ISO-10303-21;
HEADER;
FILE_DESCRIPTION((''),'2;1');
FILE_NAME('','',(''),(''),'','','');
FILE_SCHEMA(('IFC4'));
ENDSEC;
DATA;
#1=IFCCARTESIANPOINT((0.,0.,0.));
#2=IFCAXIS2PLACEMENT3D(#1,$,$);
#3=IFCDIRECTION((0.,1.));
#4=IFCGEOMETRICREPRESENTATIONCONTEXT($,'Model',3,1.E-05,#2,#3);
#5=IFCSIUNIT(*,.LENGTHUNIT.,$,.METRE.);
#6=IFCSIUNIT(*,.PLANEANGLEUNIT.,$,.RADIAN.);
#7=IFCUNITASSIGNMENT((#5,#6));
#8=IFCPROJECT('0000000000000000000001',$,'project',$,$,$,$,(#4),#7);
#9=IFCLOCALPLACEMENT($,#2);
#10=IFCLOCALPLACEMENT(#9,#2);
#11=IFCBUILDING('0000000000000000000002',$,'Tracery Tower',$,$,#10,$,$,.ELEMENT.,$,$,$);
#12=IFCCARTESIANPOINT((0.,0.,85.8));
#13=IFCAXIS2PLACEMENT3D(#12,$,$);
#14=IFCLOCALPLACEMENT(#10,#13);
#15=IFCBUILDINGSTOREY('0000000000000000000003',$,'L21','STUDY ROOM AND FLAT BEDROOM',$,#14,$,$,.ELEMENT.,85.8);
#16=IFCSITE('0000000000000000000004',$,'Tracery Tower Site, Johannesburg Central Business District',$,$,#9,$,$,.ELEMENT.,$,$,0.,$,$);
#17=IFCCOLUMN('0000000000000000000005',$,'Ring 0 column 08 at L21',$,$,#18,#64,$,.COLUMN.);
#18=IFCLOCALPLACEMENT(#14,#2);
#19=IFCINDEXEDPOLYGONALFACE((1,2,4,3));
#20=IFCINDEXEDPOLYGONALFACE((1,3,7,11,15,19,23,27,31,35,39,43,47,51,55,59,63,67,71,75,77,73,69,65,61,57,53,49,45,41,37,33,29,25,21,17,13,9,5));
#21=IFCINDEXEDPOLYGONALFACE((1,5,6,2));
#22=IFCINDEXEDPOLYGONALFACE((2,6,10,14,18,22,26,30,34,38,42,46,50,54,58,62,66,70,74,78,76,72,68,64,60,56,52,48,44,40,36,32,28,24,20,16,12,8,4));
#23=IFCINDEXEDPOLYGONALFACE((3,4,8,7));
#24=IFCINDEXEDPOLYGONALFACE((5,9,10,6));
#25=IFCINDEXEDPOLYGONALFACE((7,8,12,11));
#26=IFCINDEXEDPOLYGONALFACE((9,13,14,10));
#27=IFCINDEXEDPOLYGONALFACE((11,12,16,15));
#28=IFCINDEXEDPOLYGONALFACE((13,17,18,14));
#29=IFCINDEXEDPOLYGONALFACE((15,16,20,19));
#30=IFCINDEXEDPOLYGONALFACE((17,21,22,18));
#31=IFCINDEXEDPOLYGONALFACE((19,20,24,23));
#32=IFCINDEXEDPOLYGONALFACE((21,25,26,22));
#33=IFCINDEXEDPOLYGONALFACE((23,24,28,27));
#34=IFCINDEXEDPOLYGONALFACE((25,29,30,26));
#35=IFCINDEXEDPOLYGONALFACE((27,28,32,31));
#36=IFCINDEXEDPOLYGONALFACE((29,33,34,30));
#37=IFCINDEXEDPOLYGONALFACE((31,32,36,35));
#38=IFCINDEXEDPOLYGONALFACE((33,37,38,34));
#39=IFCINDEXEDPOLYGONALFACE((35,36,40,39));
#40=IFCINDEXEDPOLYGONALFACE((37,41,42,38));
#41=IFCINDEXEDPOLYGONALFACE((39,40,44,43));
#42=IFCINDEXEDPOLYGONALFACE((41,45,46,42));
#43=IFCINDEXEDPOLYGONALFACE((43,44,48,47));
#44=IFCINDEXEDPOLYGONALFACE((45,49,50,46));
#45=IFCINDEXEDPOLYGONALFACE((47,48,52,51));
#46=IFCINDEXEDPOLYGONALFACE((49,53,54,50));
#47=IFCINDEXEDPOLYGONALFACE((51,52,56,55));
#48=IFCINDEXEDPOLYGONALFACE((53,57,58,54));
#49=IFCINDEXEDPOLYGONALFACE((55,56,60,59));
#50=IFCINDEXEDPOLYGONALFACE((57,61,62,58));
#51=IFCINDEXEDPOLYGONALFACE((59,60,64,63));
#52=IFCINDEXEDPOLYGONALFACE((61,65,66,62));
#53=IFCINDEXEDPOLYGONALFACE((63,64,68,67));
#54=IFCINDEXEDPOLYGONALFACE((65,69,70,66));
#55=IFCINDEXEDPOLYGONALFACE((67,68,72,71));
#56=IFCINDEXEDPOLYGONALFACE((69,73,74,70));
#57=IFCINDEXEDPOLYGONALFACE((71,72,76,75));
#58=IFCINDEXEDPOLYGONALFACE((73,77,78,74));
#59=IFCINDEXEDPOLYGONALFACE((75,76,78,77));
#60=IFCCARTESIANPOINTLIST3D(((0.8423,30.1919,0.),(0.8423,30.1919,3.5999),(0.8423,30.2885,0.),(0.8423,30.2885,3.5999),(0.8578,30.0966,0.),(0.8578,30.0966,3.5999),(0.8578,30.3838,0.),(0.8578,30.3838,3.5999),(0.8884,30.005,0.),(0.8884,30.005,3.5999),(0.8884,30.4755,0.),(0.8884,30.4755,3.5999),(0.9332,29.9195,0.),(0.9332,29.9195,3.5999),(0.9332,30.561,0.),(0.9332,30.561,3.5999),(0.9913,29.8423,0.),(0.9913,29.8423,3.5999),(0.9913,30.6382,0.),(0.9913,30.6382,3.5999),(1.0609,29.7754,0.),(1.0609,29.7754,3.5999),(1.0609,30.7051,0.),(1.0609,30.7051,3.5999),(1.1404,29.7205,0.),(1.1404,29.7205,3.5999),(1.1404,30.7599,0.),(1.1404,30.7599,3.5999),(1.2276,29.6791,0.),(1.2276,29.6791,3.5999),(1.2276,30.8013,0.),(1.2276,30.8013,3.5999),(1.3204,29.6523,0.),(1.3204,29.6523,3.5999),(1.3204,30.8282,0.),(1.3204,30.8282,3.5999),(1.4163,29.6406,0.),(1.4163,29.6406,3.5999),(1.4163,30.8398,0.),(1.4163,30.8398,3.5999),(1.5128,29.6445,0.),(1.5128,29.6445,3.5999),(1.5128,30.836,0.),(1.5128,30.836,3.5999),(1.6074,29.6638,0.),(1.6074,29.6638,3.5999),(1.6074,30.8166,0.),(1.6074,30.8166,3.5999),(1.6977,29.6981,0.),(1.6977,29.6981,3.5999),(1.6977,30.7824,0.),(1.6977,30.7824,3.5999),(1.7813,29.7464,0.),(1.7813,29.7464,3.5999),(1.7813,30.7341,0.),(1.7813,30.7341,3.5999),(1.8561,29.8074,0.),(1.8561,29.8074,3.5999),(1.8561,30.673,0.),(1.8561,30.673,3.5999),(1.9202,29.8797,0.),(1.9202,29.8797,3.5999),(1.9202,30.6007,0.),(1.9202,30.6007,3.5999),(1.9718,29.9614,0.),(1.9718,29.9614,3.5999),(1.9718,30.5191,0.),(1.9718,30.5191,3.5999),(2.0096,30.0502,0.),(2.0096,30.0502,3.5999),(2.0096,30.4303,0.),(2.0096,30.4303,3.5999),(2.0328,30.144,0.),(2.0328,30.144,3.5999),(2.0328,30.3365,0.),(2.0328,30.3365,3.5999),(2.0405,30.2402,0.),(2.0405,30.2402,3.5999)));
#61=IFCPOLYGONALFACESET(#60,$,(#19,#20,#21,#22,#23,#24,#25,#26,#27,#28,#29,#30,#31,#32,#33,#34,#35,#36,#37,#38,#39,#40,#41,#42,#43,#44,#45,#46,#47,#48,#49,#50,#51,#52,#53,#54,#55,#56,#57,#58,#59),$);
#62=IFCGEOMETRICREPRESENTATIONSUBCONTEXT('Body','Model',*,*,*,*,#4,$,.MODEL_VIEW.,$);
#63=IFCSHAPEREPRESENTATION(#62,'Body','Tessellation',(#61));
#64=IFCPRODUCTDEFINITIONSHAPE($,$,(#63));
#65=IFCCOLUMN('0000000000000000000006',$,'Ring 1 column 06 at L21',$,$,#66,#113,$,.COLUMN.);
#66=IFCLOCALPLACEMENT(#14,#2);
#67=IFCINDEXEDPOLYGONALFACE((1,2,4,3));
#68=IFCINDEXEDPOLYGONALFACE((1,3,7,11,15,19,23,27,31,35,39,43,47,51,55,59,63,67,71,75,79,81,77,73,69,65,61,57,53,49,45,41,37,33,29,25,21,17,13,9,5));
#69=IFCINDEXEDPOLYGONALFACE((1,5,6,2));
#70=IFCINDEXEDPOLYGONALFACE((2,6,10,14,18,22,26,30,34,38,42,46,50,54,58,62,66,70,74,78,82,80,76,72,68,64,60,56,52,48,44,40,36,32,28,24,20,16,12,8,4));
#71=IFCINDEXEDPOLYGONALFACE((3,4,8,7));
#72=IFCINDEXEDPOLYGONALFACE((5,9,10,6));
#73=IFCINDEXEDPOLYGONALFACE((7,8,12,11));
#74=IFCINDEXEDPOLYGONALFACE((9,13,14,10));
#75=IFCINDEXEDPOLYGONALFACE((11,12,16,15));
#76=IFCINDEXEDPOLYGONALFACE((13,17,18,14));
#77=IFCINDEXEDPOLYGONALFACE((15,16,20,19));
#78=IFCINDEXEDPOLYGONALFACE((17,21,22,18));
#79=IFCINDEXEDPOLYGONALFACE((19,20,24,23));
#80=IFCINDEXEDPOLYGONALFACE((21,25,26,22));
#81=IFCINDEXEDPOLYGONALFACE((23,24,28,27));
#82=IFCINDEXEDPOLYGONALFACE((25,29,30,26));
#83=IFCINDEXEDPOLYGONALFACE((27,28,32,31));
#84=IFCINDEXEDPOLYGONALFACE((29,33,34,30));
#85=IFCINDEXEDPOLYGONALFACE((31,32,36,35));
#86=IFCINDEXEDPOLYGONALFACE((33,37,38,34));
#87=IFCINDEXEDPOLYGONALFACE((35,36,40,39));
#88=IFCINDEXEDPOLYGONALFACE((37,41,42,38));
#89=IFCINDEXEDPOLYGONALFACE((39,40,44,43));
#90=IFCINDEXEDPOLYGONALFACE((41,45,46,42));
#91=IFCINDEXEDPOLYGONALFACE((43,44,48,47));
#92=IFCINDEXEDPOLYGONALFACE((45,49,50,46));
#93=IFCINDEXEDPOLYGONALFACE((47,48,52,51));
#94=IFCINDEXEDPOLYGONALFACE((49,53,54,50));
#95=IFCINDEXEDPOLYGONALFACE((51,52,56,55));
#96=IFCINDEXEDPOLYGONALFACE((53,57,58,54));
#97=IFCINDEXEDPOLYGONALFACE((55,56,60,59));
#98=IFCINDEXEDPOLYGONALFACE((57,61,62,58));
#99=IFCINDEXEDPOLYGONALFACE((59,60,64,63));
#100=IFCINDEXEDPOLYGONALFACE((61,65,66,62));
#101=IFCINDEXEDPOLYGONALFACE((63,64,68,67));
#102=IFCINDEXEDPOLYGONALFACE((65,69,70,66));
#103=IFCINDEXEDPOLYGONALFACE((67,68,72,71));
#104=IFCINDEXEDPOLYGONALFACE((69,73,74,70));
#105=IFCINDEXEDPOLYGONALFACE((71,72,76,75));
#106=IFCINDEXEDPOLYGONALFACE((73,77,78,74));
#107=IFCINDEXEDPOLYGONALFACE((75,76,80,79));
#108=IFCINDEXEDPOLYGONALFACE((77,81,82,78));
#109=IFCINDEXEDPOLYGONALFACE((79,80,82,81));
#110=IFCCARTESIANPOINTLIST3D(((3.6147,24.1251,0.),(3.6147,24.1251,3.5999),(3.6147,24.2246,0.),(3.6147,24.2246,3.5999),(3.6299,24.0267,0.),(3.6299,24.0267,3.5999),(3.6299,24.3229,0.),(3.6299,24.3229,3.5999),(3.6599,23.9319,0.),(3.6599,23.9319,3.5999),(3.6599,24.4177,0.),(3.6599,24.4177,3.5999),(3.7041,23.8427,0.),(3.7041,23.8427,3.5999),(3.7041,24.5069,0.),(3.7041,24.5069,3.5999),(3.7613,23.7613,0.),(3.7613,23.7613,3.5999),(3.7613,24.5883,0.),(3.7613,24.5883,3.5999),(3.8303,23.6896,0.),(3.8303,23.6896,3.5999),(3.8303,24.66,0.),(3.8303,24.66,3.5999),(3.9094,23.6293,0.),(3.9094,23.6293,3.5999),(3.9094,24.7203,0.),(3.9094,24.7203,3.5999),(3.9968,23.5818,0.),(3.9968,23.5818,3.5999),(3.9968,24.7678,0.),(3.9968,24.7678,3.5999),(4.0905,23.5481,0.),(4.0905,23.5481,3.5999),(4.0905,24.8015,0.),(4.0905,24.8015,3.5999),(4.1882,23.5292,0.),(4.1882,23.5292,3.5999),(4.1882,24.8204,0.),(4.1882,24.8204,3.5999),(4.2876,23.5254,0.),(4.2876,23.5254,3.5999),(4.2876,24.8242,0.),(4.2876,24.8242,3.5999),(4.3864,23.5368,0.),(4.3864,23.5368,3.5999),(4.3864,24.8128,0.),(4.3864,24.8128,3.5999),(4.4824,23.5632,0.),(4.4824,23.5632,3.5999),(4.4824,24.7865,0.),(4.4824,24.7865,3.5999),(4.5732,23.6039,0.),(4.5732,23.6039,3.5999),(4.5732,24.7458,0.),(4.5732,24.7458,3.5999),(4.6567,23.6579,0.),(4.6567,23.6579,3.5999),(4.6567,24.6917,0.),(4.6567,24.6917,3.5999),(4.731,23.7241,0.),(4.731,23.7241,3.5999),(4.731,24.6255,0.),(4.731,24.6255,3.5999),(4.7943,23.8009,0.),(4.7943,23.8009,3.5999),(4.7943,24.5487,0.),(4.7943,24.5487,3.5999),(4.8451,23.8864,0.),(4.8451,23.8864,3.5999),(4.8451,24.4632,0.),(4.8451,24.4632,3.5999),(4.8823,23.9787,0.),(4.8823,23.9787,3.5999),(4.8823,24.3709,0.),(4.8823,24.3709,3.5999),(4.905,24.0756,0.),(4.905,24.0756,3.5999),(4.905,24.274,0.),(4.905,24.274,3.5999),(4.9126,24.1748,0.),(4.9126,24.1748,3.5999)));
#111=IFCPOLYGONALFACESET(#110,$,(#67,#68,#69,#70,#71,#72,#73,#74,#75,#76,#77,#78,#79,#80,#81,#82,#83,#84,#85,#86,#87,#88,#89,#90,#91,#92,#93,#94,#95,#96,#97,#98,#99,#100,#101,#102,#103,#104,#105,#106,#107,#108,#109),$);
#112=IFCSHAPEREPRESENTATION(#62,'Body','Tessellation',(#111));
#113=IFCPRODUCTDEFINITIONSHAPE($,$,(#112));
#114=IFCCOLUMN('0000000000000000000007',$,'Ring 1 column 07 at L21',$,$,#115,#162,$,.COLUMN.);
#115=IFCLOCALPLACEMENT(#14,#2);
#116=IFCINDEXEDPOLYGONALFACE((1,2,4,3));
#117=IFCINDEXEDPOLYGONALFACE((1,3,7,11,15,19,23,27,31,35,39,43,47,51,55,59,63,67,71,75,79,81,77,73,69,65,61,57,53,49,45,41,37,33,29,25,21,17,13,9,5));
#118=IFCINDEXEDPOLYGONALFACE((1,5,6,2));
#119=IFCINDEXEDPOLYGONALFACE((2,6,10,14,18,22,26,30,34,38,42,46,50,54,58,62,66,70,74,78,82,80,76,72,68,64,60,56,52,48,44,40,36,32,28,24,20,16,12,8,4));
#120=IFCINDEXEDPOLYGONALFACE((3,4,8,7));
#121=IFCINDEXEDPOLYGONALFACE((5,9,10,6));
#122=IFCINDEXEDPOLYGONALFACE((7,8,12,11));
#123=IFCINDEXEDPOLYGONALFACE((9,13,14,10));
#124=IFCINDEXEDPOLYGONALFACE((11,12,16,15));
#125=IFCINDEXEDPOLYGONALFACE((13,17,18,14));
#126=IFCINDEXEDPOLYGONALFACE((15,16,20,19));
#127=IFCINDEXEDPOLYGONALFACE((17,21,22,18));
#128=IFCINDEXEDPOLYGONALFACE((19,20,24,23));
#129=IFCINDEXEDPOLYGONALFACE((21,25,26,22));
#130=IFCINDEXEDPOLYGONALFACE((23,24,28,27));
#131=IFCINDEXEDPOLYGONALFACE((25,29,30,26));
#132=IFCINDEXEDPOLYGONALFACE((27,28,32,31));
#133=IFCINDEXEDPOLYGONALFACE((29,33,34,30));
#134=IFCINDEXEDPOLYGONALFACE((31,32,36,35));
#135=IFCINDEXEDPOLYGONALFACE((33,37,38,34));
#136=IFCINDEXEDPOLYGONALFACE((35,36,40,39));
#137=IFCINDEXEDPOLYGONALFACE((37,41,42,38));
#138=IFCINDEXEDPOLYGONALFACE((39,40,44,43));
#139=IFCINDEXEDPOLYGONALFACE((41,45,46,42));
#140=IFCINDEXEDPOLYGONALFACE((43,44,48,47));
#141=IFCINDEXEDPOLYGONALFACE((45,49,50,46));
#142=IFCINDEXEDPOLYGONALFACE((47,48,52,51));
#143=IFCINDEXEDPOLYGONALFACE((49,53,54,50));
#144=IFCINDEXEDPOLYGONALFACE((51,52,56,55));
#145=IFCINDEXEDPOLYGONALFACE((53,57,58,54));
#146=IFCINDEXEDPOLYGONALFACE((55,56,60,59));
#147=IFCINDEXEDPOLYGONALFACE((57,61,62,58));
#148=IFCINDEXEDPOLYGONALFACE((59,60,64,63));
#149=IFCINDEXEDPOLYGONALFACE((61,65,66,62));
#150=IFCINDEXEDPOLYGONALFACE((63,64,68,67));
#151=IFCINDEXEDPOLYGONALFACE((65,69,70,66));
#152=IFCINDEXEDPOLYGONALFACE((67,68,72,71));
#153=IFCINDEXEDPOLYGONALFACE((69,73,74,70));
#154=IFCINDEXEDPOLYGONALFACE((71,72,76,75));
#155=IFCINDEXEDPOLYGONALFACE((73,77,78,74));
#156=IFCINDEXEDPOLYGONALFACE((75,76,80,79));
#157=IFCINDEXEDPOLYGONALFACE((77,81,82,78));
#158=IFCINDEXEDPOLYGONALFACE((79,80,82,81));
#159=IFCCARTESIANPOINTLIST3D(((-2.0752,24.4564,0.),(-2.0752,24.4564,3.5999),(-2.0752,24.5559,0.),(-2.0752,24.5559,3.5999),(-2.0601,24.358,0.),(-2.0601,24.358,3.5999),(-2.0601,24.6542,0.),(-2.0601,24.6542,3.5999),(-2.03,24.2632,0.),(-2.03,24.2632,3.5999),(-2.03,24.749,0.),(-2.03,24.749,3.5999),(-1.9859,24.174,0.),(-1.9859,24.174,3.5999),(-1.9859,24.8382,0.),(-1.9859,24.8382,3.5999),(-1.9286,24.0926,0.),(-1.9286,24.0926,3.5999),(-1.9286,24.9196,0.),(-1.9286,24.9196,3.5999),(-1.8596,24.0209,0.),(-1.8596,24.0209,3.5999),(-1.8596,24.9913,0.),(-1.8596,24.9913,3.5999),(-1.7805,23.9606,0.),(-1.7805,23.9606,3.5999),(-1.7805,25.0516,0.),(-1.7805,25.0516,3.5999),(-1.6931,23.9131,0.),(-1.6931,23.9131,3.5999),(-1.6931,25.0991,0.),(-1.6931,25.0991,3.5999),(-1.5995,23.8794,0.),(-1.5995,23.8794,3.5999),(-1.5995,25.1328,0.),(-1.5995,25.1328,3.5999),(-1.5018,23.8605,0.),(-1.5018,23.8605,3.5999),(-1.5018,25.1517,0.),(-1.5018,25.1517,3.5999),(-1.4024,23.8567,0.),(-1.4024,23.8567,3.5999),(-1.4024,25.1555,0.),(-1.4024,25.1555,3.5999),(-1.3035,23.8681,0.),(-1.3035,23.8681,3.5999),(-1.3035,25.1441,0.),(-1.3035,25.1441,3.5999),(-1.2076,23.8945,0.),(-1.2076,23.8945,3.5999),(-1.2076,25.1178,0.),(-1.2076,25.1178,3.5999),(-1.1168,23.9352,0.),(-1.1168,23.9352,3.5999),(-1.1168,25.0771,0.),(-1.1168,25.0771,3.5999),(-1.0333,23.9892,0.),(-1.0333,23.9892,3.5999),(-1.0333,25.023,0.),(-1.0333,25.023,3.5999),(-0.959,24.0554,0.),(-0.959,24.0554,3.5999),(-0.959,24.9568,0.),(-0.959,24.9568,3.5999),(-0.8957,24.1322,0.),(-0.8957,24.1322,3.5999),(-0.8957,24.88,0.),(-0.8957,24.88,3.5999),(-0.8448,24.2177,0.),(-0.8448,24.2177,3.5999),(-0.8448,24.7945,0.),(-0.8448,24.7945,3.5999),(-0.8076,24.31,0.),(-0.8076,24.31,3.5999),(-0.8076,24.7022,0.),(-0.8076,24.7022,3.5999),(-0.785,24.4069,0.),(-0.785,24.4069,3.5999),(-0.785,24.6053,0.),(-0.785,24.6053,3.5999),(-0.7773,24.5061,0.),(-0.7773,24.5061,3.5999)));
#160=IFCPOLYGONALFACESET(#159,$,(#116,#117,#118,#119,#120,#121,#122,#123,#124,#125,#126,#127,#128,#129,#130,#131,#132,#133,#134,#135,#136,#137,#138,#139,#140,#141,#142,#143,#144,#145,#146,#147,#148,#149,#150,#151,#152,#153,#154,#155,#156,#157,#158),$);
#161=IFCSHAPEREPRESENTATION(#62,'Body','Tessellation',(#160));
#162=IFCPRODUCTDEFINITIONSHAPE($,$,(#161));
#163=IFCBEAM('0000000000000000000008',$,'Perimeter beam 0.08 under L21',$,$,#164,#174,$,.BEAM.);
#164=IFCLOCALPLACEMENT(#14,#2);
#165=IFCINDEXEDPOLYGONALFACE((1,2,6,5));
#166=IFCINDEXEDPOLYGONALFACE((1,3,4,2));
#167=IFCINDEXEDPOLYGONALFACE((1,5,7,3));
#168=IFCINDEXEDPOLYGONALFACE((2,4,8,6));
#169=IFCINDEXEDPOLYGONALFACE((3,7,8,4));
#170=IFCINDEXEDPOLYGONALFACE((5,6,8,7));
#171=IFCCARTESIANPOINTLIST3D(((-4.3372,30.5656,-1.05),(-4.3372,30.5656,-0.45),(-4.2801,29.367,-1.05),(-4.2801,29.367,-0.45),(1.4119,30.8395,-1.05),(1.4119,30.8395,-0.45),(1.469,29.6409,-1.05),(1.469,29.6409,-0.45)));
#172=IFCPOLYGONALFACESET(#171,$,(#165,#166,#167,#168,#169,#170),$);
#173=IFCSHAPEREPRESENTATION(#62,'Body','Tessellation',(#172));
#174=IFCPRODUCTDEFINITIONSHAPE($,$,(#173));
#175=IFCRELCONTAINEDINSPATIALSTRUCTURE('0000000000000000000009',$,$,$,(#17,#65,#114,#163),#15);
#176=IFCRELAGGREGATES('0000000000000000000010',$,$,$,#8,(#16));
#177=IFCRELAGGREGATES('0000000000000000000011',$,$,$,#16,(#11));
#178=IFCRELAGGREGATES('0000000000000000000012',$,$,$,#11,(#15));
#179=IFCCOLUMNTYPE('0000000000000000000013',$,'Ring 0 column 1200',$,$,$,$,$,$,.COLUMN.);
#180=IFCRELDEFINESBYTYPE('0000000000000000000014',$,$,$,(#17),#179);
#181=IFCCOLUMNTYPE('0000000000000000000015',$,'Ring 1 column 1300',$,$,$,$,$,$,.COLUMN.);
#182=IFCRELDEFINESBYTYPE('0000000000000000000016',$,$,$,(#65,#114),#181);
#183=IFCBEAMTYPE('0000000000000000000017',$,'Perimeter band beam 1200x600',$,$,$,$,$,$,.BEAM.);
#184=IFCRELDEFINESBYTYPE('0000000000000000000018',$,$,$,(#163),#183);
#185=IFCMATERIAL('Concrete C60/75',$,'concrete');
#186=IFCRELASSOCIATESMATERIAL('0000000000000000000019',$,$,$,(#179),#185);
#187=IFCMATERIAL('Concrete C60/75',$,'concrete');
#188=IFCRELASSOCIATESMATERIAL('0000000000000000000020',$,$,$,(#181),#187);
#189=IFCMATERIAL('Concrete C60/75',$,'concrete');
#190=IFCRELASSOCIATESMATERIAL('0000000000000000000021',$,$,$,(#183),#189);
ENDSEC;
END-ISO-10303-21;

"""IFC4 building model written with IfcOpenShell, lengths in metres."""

from ifc_helpers import new_model, si_unit, direction, frame, origin, origin_2d, place, context, subcontext, project, spatial, rectangle, circle, extrude, material, material_profile, profile_set, type_object, element, save


model = new_model("IFC4")

# Units and contexts
model_context = context("Model", 3, precision=1e-05, world=origin(), true_north=direction((0.0, 1.0)))
body_context = subcontext(model_context, "Body", "Model", "MODEL_VIEW")
ifc_project = project(units=[si_unit("LENGTHUNIT", "METRE"), si_unit("PLANEANGLEUNIT", "RADIAN")], contexts=[model_context])

# Site, building, storey
site_placement = place(None, origin())
site = spatial("IfcSite", under=ifc_project, at=site_placement, Name="Tracery Tower Site, Johannesburg Central Business District", CompositionType="ELEMENT", RefElevation=0.0)
building_placement = place(site_placement, origin())
building = spatial("IfcBuilding", under=site, at=building_placement, Name="Tracery Tower", CompositionType="ELEMENT")
storey_placement = place(building_placement, frame((0.0, 0.0, 85.8)))
storey = spatial("IfcBuildingStorey", under=building, at=storey_placement, Name="L21", Description="STUDY ROOM AND FLAT BEDROOM", CompositionType="ELEMENT", Elevation=85.8)

# Columns
ifc_material_1 = material(Name="Concrete C60/75", Category="concrete")
ifc_material_profile_1 = material_profile(ifc_material_1, circle(Radius=0.6001, at=origin_2d()), Name="RC D1200")
ifc_profile_set_1 = profile_set([ifc_material_profile_1], Name="Concrete C60/75")
column_type_1 = type_object("IfcColumnType", Name="Ring 0 column 1200", PredefinedType="COLUMN", material=ifc_profile_set_1)
column_placement = place(storey_placement, frame((1.4404, 30.2402, 0.0), z_axis=(0.0, 0.0, 1.0), x_axis=(1.0, 0.0, 0.0)))
element("IfcColumn", 1, at=column_placement, inside=storey, type_object=column_type_1, Name="Ring 0 column 08 at L21", PredefinedType="COLUMN", context=body_context, shape_type="SweptSolid", body=[
    extrude(circle(Radius=0.6001, at=origin_2d()), origin(), (0.0, 0.0, 1.0), 3.5999),
])
ifc_material_2 = material(Name="Concrete C60/75", Category="concrete")
ifc_material_profile_2 = material_profile(ifc_material_2, circle(Radius=0.6499, at=origin_2d()), Name="RC D1300")
ifc_profile_set_2 = profile_set([ifc_material_profile_2], Name="Concrete C60/75")
column_type_2 = type_object("IfcColumnType", Name="Ring 1 column 1300", PredefinedType="COLUMN", material=ifc_profile_set_2)
for number, where, z_axis, x_axis, name in (
    (2, (4.2627, 24.1748, 0.0), (0.0, 0.0, 1.0), (1.0, 0.0, 0.0), "Ring 1 column 06 at L21"),
    (3, (-1.4272, 24.5061, 0.0), (0.0, 0.0, 1.0), (1.0, 0.0, 0.0), "Ring 1 column 07 at L21"),
):
    element("IfcColumn", number, at=place(storey_placement, frame(where, z_axis=z_axis, x_axis=x_axis)), inside=storey, type_object=column_type_2, Name=name, PredefinedType="COLUMN", context=body_context, shape_type="SweptSolid", body=[
        extrude(circle(Radius=0.6499, at=origin_2d()), origin(), (0.0, 0.0, 1.0), 3.5999),
    ])

# Beam
ifc_material_3 = material(Name="Concrete C60/75", Category="concrete")
ifc_material_profile_3 = material_profile(ifc_material_3, rectangle(XDim=1.2, YDim=0.6001, at=origin_2d()), Name="RC 1200x600")
ifc_profile_set_3 = profile_set([ifc_material_profile_3], Name="Concrete C60/75")
beam_type = type_object("IfcBeamType", Name="Perimeter band beam 1200x600", PredefinedType="BEAM", material=ifc_profile_set_3)
beam_placement = place(storey_placement, frame((1.4404, 30.2402, -0.75), z_axis=(-0.998867, -0.047593, 0.0), x_axis=(0.047593, -0.998867, 0.0)))
element("IfcBeam", 4, at=beam_placement, inside=storey, type_object=beam_type, Name="Perimeter beam 0.08 under L21", PredefinedType="BEAM", context=body_context, shape_type="SweptSolid", body=[
    extrude(rectangle(XDim=1.2, YDim=0.6001, at=origin_2d()), origin(), (0.0, 0.0, 1.0), 5.7556),
])

save(model, "model.ifc")
